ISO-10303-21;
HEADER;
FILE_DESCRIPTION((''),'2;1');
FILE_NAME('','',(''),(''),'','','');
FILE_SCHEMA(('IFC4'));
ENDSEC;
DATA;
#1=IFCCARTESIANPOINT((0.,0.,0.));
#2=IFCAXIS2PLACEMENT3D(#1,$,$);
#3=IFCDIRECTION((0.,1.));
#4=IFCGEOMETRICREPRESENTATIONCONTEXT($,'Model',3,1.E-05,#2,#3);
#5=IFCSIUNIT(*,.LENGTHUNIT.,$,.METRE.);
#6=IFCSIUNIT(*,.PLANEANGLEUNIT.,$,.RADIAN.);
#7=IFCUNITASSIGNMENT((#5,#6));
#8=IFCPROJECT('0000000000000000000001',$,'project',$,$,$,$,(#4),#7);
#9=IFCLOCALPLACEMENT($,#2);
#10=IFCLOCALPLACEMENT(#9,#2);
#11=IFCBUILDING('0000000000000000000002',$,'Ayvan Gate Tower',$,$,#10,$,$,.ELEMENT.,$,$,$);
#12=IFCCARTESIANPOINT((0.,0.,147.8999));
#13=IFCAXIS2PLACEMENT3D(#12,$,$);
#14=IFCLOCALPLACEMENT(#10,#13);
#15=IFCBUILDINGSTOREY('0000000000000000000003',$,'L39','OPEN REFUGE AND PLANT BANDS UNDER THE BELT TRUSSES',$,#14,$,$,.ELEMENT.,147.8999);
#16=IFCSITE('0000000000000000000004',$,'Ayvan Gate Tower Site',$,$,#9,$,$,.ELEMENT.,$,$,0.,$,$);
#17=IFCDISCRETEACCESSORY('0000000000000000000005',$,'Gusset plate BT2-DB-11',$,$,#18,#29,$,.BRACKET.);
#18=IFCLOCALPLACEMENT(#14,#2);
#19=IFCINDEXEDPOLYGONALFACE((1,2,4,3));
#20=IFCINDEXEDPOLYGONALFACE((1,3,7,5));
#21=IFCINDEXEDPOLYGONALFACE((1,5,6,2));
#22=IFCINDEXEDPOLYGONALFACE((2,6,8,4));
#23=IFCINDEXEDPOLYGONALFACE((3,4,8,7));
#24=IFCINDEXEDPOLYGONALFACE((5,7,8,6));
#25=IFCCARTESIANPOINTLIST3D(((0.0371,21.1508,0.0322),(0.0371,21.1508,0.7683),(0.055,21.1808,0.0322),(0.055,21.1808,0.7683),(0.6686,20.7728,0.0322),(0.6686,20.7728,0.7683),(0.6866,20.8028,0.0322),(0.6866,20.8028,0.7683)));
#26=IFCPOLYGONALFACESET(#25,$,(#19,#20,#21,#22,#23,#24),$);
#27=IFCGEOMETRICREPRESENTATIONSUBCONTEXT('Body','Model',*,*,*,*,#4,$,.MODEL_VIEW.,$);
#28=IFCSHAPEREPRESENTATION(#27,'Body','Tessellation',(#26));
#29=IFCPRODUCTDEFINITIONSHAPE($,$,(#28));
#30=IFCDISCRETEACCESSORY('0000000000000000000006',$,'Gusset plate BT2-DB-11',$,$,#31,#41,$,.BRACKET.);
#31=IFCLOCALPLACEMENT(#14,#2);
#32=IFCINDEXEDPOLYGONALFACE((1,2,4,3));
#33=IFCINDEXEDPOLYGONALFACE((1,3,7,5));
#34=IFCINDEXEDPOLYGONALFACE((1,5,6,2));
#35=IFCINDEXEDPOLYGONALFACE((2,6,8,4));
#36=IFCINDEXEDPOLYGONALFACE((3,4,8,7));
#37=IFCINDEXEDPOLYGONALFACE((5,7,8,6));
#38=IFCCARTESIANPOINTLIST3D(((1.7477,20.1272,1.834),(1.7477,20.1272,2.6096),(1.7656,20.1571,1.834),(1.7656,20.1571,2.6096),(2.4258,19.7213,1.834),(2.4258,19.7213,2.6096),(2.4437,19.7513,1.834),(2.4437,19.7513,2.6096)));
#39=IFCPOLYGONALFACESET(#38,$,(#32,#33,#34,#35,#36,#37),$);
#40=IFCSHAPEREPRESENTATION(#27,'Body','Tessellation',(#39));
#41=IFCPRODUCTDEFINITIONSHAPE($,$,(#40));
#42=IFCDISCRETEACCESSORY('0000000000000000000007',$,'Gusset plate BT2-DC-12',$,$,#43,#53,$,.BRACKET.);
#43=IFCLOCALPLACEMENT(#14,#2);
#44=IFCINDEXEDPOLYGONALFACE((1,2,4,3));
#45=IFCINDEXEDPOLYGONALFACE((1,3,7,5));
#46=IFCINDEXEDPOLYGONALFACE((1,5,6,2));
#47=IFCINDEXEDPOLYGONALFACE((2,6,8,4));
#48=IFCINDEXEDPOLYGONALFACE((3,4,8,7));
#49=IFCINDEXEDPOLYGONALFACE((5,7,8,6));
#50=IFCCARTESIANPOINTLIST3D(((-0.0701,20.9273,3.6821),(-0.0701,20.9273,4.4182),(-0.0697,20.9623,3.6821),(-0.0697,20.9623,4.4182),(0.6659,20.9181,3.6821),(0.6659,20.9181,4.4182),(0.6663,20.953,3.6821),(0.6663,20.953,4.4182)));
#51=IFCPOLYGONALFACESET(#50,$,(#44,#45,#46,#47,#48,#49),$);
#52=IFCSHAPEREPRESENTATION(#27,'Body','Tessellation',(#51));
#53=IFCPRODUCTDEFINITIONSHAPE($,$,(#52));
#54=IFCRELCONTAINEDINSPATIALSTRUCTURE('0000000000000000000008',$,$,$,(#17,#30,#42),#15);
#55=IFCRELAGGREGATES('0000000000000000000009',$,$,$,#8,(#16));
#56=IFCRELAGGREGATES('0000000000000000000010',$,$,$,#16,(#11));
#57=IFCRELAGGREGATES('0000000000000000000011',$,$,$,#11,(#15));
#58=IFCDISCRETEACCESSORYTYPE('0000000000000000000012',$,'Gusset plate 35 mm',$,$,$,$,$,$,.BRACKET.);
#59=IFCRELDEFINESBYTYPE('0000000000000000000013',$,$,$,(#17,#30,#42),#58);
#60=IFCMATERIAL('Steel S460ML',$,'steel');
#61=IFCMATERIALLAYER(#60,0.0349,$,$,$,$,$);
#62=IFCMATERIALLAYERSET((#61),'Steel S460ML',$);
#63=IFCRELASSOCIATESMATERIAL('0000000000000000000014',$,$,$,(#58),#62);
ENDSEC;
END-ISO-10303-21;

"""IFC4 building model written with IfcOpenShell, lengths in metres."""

from ifc_helpers import new_model, si_unit, direction, frame, origin, origin_2d, place, context, subcontext, project, spatial, rectangle, extrude, material, layer, layer_set, type_object, element, save


model = new_model("IFC4")

# Units and contexts
model_context = context("Model", 3, precision=1e-05, world=origin(), true_north=direction((0.0, 1.0)))
body_context = subcontext(model_context, "Body", "Model", "MODEL_VIEW")
ifc_project = project(units=[si_unit("LENGTHUNIT", "METRE"), si_unit("PLANEANGLEUNIT", "RADIAN")], contexts=[model_context])

# Site, building, storey
site_placement = place(None, origin())
site = spatial("IfcSite", under=ifc_project, at=site_placement, Name="Ayvan Gate Tower Site", CompositionType="ELEMENT", RefElevation=0.0)
building_placement = place(site_placement, origin())
building = spatial("IfcBuilding", under=site, at=building_placement, Name="Ayvan Gate Tower", CompositionType="ELEMENT")
storey_placement = place(building_placement, frame((0.0, 0.0, 147.8999)))
storey = spatial("IfcBuildingStorey", under=building, at=storey_placement, Name="L39", Description="OPEN REFUGE AND PLANT BANDS UNDER THE BELT TRUSSES", CompositionType="ELEMENT", Elevation=147.8999)

# Shared definitions
ifc_material_1 = material(Name="Steel S460ML", Category="steel")

# Discrete accessories
ifc_layer_1 = layer(ifc_material_1, 0.0349)
ifc_layer_set_1 = layer_set([ifc_layer_1], Name="Steel S460ML")
discrete_accessory_type_1 = type_object("IfcDiscreteAccessoryType", Name="Gusset plate 35 mm", PredefinedType="BRACKET", material=ifc_layer_set_1)
discrete_accessory_1_placement = place(storey_placement, frame((0.3618, 20.9768, 0.0322), z_axis=(0.0, 0.0, 1.0), x_axis=(-0.85805, 0.513567, 0.0)))
element("IfcDiscreteAccessory", 1, at=discrete_accessory_1_placement, inside=storey, type_object=discrete_accessory_type_1, Name="Gusset plate BT2-DB-11", PredefinedType="BRACKET", context=body_context, shape_type="SweptSolid", body=[
    extrude(rectangle(XDim=0.7361, YDim=0.0349, at=origin_2d()), origin(), (0.0, 0.0, 1.0), 0.7361),
])
discrete_accessory_2_placement = place(storey_placement, frame((2.0957, 19.9392, 1.834), z_axis=(0.0, 0.0, 1.0), x_axis=(-0.85805, 0.513567, 0.0)))
element("IfcDiscreteAccessory", 2, at=discrete_accessory_2_placement, inside=storey, type_object=discrete_accessory_type_1, Name="Gusset plate BT2-DB-11", PredefinedType="BRACKET", context=body_context, shape_type="SweptSolid", body=[
    extrude(rectangle(XDim=0.7903, YDim=0.0349, at=origin_2d()), origin(), (0.0, 0.0, 1.0), 0.7756),
])
discrete_accessory_3_placement = place(storey_placement, frame((0.2981, 20.9402, 3.6821), z_axis=(0.0, 0.0, 1.0), x_axis=(-0.999922, 0.012526, 0.0)))
element("IfcDiscreteAccessory", 3, at=discrete_accessory_3_placement, inside=storey, type_object=discrete_accessory_type_1, Name="Gusset plate BT2-DC-12", PredefinedType="BRACKET", context=body_context, shape_type="SweptSolid", body=[
    extrude(rectangle(XDim=0.7361, YDim=0.0349, at=origin_2d()), origin(), (0.0, 0.0, 1.0), 0.7361),
])

save(model, "model.ifc")
